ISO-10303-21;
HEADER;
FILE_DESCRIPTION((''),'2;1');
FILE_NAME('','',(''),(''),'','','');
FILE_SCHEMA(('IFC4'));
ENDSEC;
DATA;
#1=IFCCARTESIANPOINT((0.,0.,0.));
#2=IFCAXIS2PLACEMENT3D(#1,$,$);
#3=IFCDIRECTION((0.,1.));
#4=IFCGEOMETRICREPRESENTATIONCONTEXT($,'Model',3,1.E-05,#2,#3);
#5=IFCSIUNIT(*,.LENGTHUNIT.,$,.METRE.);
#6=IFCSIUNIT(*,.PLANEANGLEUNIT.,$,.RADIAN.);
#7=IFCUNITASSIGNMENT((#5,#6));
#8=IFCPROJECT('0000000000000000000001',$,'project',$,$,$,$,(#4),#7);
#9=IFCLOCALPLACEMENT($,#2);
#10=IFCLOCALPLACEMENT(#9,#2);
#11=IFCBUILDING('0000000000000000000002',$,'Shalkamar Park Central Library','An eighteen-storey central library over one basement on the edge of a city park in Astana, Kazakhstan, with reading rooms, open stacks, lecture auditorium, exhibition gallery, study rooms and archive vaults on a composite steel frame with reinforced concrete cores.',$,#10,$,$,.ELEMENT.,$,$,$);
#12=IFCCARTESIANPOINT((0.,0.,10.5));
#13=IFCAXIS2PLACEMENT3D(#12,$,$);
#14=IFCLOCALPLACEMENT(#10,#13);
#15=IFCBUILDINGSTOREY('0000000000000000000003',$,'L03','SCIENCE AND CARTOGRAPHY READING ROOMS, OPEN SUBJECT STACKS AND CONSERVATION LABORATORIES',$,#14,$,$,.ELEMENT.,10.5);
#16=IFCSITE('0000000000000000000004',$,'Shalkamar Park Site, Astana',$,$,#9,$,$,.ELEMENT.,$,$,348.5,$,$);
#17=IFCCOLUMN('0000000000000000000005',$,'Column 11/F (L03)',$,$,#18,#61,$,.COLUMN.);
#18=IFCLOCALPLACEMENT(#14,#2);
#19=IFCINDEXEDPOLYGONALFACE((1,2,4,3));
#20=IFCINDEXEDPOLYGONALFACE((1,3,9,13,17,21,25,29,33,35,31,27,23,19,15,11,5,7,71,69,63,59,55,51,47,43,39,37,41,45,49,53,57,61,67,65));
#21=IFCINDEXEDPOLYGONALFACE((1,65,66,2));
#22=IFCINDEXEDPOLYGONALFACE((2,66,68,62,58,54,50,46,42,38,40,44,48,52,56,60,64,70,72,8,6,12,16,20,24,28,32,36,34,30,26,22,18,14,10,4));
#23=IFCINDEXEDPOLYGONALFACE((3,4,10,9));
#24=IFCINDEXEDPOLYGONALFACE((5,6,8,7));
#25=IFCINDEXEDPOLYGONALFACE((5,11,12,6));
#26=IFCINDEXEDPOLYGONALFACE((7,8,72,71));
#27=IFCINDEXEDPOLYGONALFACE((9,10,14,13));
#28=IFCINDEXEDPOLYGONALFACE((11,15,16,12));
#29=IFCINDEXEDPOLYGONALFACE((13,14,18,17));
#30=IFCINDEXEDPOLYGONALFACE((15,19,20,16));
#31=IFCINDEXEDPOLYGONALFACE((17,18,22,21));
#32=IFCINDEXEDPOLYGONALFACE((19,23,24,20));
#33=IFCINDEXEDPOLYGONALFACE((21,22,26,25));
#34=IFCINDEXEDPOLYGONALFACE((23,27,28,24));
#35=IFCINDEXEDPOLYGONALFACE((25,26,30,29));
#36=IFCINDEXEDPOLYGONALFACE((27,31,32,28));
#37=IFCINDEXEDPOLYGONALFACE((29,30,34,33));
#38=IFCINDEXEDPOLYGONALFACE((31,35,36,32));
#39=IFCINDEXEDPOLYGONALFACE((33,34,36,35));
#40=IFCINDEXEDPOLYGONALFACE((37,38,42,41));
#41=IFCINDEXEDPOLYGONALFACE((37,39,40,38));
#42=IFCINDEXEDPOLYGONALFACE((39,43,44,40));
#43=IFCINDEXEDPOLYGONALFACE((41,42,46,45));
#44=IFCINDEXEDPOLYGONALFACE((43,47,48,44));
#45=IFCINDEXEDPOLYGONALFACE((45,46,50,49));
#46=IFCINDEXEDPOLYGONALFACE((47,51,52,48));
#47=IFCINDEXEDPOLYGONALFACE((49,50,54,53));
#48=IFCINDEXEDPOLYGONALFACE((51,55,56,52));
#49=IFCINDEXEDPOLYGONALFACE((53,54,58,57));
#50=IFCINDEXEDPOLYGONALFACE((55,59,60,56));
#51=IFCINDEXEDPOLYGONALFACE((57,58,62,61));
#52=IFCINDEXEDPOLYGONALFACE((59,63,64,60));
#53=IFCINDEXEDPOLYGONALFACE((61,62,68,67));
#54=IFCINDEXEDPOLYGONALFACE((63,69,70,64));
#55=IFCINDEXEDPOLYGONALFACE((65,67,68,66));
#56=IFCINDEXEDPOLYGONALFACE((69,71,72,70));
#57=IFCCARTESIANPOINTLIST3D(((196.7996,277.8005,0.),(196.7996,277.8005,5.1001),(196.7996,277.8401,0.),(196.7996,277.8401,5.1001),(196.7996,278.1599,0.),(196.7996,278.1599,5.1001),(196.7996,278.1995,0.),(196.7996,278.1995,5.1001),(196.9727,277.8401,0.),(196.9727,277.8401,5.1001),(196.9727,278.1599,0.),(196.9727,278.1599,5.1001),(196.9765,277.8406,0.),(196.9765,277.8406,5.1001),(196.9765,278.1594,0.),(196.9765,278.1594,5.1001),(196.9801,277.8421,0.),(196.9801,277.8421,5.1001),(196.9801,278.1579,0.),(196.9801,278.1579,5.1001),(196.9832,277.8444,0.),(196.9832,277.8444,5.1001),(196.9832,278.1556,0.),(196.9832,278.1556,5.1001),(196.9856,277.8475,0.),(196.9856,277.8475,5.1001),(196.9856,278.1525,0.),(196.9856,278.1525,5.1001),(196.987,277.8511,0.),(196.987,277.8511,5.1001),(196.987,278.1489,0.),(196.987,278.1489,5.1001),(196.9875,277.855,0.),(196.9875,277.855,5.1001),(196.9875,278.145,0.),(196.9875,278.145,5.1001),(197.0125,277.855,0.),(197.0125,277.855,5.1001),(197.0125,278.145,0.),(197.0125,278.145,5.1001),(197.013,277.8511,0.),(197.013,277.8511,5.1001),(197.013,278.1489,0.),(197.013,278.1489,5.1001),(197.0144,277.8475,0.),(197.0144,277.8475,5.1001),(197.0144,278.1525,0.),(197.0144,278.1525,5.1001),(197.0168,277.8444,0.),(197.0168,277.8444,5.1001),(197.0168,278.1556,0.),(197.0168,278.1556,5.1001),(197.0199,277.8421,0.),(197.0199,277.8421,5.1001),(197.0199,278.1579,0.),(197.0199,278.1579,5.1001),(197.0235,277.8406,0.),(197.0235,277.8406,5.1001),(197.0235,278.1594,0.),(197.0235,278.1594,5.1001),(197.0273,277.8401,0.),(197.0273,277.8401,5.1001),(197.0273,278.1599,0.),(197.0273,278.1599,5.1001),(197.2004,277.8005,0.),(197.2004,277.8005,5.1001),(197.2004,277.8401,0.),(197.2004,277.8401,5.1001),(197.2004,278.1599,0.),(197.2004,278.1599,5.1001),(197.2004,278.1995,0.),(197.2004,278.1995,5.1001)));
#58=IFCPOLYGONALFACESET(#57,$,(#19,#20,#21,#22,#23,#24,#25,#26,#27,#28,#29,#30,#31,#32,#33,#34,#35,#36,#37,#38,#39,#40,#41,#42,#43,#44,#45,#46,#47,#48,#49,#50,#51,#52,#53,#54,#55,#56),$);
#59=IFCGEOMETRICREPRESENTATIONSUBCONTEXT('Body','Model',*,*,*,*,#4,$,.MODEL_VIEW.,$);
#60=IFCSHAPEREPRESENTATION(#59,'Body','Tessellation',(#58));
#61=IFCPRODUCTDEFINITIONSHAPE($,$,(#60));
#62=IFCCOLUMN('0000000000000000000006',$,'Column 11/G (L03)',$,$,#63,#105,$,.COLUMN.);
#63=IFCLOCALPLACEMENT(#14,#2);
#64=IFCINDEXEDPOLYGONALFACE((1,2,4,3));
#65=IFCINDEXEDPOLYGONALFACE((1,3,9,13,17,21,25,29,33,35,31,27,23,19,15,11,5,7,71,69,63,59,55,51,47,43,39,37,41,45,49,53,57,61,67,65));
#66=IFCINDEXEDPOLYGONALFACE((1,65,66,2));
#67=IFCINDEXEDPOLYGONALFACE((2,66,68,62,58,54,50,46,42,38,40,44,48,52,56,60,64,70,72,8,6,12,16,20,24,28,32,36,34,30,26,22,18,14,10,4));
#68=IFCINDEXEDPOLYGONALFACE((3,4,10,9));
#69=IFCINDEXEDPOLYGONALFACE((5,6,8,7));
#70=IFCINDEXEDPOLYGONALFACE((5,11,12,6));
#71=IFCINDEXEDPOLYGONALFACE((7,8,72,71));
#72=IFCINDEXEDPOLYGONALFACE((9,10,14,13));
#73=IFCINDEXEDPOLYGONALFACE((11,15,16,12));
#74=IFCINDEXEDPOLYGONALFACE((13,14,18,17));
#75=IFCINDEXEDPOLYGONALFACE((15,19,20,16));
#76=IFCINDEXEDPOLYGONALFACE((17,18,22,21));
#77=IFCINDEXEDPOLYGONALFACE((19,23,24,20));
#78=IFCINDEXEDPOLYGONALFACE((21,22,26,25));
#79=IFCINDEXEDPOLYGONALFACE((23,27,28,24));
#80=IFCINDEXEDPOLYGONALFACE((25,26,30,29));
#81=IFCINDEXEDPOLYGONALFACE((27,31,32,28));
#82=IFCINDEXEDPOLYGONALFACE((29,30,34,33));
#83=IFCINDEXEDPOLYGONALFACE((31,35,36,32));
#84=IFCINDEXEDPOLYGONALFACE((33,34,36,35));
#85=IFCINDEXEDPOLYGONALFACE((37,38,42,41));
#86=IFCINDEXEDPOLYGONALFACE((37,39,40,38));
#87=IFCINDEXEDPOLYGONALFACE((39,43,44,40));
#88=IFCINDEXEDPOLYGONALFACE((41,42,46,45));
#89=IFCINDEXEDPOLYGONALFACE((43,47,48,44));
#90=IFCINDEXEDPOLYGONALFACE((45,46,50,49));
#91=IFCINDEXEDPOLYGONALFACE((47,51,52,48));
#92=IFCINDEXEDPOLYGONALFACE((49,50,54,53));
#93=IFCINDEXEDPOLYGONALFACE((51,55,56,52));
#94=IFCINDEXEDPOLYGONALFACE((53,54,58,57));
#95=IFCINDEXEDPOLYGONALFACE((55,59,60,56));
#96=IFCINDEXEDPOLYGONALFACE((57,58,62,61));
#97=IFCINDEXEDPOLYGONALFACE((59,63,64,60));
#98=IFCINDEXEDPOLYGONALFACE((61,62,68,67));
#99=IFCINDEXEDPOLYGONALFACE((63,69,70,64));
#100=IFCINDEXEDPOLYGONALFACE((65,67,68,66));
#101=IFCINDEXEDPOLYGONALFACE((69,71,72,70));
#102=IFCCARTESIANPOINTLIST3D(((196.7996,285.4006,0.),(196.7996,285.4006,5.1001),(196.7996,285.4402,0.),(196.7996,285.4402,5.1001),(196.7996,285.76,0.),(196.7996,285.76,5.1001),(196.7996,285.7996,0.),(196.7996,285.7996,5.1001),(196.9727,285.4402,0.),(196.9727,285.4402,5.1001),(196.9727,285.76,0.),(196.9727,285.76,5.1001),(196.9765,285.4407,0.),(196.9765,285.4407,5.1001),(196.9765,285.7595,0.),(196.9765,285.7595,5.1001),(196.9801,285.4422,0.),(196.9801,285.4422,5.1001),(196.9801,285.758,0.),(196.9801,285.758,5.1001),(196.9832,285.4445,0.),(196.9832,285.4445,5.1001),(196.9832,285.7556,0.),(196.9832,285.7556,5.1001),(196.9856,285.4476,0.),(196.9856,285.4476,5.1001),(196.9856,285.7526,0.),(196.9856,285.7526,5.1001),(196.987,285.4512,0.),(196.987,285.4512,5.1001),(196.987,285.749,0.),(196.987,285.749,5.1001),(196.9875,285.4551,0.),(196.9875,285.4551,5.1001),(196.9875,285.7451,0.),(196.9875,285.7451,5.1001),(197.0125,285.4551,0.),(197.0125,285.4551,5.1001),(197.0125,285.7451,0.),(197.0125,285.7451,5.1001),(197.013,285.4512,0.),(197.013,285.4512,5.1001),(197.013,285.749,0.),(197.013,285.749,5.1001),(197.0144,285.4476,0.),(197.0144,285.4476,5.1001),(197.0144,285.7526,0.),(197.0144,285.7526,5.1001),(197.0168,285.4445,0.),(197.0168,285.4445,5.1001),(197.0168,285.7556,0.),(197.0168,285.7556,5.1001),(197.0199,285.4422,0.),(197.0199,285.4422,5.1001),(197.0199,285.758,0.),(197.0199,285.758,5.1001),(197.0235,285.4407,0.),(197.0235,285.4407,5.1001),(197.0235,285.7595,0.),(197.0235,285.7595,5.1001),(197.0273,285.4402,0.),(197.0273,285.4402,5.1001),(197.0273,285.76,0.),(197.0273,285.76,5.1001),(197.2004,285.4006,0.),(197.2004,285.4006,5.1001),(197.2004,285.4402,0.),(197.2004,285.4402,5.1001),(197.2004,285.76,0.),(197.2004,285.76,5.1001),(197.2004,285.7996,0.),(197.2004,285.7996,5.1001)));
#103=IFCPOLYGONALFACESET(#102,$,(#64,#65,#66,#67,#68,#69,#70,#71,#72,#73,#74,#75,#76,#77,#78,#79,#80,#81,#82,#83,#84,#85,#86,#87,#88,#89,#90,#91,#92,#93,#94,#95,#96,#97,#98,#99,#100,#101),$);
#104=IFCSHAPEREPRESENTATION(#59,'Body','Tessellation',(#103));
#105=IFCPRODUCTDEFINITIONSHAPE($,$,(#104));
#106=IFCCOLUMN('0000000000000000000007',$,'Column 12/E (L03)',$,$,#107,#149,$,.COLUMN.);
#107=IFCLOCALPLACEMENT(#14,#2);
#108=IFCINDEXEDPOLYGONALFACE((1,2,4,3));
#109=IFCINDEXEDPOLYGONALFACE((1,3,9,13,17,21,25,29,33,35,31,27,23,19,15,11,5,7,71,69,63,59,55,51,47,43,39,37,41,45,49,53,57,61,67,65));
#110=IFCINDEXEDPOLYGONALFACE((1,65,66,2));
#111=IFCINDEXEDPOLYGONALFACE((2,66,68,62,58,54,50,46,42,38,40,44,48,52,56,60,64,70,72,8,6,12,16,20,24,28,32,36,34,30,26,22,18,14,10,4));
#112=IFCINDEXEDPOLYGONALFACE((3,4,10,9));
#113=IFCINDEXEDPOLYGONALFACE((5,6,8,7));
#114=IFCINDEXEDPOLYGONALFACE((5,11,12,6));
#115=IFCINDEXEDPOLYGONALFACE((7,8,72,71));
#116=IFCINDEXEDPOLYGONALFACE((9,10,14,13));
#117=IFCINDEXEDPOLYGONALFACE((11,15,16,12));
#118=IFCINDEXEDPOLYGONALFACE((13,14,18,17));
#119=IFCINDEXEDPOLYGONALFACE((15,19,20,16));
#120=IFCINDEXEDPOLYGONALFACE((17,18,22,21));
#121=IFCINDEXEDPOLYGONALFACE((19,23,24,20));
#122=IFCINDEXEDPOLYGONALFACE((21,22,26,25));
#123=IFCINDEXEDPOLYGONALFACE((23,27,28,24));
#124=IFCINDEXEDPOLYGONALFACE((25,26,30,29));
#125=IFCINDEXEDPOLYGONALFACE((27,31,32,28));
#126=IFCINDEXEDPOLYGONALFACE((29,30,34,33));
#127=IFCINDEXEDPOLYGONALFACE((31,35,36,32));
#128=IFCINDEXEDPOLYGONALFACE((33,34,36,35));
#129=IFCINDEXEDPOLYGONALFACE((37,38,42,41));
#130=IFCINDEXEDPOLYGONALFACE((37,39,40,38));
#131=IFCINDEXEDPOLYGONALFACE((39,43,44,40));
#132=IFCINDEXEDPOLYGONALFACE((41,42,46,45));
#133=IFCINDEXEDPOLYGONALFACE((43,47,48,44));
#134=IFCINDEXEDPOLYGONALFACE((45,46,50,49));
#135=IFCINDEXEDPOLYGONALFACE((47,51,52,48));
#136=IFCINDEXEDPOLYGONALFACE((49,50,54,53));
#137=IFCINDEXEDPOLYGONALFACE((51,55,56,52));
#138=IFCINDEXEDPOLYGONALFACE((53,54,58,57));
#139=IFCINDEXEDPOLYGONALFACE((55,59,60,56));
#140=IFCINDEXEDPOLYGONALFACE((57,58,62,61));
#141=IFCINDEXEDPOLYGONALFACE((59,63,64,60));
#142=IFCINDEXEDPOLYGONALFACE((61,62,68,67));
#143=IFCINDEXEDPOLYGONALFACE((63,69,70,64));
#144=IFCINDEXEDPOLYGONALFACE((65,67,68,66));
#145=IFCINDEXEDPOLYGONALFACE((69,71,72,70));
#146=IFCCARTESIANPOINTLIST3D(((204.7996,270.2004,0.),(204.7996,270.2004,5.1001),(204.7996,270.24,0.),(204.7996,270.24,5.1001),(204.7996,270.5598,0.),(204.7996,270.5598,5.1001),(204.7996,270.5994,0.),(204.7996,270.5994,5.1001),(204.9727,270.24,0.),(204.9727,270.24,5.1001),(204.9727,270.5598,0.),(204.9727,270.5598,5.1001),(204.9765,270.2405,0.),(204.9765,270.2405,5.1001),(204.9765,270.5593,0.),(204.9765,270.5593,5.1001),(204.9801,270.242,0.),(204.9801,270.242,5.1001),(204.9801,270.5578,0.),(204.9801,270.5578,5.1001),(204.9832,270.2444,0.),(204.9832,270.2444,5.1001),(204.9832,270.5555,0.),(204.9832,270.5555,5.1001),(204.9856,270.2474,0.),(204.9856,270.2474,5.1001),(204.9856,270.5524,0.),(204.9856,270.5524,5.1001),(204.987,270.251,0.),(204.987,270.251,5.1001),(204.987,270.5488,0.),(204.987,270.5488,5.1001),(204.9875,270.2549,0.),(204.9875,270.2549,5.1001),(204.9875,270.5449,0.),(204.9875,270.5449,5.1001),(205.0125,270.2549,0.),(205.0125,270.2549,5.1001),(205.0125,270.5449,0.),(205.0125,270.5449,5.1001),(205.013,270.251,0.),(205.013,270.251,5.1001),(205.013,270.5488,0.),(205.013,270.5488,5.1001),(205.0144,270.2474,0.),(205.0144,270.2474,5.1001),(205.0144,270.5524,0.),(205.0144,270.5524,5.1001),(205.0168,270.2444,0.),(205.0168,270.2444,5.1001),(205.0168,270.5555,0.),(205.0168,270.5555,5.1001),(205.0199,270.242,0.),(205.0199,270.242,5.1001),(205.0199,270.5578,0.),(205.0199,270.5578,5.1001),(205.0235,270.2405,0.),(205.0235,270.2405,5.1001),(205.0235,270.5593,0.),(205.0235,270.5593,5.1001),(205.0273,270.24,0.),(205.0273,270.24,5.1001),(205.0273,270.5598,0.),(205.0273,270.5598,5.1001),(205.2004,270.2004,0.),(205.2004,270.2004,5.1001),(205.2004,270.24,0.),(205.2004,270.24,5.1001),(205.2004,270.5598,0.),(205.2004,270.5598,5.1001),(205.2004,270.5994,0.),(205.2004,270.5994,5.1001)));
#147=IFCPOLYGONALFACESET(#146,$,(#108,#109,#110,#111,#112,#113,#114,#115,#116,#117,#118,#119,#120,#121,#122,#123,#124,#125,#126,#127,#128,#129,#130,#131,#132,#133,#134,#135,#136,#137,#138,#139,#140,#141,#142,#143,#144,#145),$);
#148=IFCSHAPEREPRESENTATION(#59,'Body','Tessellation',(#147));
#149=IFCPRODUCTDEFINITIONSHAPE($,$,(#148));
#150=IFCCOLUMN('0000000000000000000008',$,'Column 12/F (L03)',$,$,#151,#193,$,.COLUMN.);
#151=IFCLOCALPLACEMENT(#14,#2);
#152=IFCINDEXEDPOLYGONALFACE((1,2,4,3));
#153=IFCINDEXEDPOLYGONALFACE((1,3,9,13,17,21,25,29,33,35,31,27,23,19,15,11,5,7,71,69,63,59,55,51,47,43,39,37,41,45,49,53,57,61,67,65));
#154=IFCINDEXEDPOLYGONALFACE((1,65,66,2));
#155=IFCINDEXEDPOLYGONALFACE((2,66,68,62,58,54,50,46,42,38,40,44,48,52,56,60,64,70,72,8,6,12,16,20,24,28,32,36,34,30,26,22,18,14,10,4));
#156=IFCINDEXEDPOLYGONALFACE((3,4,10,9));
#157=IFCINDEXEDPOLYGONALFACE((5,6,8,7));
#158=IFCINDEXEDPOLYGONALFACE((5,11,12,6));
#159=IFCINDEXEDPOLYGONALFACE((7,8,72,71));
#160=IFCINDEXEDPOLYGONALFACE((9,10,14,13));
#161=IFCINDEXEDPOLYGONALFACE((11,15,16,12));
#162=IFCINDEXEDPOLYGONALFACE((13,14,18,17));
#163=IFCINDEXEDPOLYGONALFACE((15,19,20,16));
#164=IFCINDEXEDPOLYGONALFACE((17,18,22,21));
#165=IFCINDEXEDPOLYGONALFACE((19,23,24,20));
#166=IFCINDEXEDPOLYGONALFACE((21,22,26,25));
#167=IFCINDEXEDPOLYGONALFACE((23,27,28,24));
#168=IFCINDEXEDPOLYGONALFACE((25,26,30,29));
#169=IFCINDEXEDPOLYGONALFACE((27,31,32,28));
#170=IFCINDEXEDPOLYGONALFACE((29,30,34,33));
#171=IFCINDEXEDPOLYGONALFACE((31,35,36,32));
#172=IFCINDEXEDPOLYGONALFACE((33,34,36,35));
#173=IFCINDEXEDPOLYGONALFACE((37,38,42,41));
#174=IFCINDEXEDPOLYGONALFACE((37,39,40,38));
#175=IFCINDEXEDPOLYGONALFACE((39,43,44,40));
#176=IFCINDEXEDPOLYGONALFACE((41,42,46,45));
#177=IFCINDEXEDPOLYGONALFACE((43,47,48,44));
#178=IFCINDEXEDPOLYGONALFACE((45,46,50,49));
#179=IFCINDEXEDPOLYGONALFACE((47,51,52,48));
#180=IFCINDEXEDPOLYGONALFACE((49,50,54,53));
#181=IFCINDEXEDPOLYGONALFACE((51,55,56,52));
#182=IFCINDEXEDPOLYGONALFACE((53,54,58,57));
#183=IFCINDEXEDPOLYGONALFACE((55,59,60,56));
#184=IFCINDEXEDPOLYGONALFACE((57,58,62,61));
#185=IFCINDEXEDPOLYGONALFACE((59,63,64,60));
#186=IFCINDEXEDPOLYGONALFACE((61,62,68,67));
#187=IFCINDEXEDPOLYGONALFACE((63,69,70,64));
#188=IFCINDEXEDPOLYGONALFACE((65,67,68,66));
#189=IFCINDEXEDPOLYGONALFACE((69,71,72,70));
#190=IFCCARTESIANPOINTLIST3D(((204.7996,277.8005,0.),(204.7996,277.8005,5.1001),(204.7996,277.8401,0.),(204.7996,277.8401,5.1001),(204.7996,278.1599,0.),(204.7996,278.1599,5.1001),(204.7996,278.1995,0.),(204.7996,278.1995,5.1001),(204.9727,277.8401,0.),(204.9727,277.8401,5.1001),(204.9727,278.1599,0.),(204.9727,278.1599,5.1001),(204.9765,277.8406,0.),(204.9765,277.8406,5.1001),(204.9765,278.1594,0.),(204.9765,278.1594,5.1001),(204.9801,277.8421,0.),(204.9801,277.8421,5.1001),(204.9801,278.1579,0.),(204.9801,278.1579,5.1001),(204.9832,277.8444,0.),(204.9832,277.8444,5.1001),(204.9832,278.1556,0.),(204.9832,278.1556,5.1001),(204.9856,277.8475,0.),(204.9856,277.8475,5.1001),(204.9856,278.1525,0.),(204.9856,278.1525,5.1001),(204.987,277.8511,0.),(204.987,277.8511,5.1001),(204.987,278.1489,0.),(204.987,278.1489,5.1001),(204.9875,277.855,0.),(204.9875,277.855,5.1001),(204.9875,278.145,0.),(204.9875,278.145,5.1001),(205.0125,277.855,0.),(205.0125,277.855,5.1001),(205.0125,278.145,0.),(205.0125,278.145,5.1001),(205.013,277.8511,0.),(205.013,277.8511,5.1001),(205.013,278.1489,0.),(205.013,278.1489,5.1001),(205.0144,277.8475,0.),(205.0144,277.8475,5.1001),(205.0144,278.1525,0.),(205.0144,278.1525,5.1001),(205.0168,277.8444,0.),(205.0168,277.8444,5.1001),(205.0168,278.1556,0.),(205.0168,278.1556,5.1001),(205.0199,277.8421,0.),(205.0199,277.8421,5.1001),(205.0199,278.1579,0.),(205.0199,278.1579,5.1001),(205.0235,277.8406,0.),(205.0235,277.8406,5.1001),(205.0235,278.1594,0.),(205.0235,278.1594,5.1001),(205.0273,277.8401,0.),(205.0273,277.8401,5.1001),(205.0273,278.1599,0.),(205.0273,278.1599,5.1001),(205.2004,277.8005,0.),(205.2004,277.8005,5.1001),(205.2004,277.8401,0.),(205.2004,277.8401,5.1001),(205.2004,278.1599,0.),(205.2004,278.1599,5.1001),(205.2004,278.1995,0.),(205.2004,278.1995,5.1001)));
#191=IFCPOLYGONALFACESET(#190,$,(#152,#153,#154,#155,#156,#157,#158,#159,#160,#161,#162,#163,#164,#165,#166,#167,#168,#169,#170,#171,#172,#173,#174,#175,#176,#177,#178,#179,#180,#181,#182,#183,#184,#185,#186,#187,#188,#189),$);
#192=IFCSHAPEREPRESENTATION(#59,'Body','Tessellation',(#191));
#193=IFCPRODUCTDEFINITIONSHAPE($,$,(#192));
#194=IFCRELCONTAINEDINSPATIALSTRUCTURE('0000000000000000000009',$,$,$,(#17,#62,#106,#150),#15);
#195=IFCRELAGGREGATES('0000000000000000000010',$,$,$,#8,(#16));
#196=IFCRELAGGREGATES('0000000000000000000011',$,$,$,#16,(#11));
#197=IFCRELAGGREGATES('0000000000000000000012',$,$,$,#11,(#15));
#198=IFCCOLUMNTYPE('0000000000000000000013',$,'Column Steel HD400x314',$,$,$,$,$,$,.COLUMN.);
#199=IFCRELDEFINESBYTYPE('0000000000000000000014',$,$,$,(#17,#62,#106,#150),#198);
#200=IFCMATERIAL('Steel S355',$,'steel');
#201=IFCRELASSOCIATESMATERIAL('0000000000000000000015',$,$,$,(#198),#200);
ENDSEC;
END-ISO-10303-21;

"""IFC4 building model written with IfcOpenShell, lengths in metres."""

from ifc_helpers import new_model, si_unit, direction, frame, origin, origin_2d, place, context, subcontext, project, spatial, i_section, extrude, material, material_profile, profile_set, type_object, element, save


model = new_model("IFC4")

# Units and contexts
model_context = context("Model", 3, precision=1e-05, world=origin(), true_north=direction((0.0, 1.0)))
body_context = subcontext(model_context, "Body", "Model", "MODEL_VIEW")
ifc_project = project(units=[si_unit("LENGTHUNIT", "METRE"), si_unit("PLANEANGLEUNIT", "RADIAN")], contexts=[model_context])

# Site, building, storey
site_placement = place(None, origin())
site = spatial("IfcSite", under=ifc_project, at=site_placement, Name="Shalkamar Park Site, Astana", CompositionType="ELEMENT", RefElevation=348.5)
building_placement = place(site_placement, origin())
building = spatial("IfcBuilding", under=site, at=building_placement, Name="Shalkamar Park Central Library", Description="An eighteen-storey central library over one basement on the edge of a city park in Astana, Kazakhstan, with reading rooms, open stacks, lecture auditorium, exhibition gallery, study rooms and archive vaults on a composite steel frame with reinforced concrete cores.", CompositionType="ELEMENT")
storey_placement = place(building_placement, frame((0.0, 0.0, 10.5)))
storey = spatial("IfcBuildingStorey", under=building, at=storey_placement, Name="L03", Description="SCIENCE AND CARTOGRAPHY READING ROOMS, OPEN SUBJECT STACKS AND CONSERVATION LABORATORIES", CompositionType="ELEMENT", Elevation=10.5)

# Columns
ifc_material = material(Name="Steel S355", Category="steel")
ifc_material_profile_1 = material_profile(ifc_material, i_section(OverallWidth=0.4009, OverallDepth=0.3989, WebThickness=0.0249, FlangeThickness=0.0396, FilletRadius=0.0149, at=origin_2d()), Name="HD 400x314")
ifc_profile_set_1 = profile_set([ifc_material_profile_1], Name="Steel S355")
column_type = type_object("IfcColumnType", Name="Column Steel HD400x314", PredefinedType="COLUMN", material=ifc_profile_set_1)
for number, where, z_axis, x_axis, name in (
    (1, (197.0, 278.0, 0.0), (0.0, 0.0, 1.0), (1.0, 0.0, 0.0), "Column 11/F (L03)"),
    (2, (197.0, 285.6001, 0.0), (0.0, 0.0, 1.0), (1.0, 0.0, 0.0), "Column 11/G (L03)"),
    (3, (205.0, 270.3999, 0.0), (0.0, 0.0, 1.0), (1.0, 0.0, 0.0), "Column 12/E (L03)"),
    (4, (205.0, 278.0, 0.0), (0.0, 0.0, 1.0), (1.0, 0.0, 0.0), "Column 12/F (L03)"),
):
    element("IfcColumn", number, at=place(storey_placement, frame(where, z_axis=z_axis, x_axis=x_axis)), inside=storey, type_object=column_type, Name=name, PredefinedType="COLUMN", context=body_context, shape_type="SweptSolid", body=[
        extrude(i_section(OverallWidth=0.4009, OverallDepth=0.3989, WebThickness=0.0249, FlangeThickness=0.0396, FilletRadius=0.0149, at=origin_2d()), origin(), (0.0, 0.0, 1.0), 5.1001),
    ])

save(model, "model.ifc")
